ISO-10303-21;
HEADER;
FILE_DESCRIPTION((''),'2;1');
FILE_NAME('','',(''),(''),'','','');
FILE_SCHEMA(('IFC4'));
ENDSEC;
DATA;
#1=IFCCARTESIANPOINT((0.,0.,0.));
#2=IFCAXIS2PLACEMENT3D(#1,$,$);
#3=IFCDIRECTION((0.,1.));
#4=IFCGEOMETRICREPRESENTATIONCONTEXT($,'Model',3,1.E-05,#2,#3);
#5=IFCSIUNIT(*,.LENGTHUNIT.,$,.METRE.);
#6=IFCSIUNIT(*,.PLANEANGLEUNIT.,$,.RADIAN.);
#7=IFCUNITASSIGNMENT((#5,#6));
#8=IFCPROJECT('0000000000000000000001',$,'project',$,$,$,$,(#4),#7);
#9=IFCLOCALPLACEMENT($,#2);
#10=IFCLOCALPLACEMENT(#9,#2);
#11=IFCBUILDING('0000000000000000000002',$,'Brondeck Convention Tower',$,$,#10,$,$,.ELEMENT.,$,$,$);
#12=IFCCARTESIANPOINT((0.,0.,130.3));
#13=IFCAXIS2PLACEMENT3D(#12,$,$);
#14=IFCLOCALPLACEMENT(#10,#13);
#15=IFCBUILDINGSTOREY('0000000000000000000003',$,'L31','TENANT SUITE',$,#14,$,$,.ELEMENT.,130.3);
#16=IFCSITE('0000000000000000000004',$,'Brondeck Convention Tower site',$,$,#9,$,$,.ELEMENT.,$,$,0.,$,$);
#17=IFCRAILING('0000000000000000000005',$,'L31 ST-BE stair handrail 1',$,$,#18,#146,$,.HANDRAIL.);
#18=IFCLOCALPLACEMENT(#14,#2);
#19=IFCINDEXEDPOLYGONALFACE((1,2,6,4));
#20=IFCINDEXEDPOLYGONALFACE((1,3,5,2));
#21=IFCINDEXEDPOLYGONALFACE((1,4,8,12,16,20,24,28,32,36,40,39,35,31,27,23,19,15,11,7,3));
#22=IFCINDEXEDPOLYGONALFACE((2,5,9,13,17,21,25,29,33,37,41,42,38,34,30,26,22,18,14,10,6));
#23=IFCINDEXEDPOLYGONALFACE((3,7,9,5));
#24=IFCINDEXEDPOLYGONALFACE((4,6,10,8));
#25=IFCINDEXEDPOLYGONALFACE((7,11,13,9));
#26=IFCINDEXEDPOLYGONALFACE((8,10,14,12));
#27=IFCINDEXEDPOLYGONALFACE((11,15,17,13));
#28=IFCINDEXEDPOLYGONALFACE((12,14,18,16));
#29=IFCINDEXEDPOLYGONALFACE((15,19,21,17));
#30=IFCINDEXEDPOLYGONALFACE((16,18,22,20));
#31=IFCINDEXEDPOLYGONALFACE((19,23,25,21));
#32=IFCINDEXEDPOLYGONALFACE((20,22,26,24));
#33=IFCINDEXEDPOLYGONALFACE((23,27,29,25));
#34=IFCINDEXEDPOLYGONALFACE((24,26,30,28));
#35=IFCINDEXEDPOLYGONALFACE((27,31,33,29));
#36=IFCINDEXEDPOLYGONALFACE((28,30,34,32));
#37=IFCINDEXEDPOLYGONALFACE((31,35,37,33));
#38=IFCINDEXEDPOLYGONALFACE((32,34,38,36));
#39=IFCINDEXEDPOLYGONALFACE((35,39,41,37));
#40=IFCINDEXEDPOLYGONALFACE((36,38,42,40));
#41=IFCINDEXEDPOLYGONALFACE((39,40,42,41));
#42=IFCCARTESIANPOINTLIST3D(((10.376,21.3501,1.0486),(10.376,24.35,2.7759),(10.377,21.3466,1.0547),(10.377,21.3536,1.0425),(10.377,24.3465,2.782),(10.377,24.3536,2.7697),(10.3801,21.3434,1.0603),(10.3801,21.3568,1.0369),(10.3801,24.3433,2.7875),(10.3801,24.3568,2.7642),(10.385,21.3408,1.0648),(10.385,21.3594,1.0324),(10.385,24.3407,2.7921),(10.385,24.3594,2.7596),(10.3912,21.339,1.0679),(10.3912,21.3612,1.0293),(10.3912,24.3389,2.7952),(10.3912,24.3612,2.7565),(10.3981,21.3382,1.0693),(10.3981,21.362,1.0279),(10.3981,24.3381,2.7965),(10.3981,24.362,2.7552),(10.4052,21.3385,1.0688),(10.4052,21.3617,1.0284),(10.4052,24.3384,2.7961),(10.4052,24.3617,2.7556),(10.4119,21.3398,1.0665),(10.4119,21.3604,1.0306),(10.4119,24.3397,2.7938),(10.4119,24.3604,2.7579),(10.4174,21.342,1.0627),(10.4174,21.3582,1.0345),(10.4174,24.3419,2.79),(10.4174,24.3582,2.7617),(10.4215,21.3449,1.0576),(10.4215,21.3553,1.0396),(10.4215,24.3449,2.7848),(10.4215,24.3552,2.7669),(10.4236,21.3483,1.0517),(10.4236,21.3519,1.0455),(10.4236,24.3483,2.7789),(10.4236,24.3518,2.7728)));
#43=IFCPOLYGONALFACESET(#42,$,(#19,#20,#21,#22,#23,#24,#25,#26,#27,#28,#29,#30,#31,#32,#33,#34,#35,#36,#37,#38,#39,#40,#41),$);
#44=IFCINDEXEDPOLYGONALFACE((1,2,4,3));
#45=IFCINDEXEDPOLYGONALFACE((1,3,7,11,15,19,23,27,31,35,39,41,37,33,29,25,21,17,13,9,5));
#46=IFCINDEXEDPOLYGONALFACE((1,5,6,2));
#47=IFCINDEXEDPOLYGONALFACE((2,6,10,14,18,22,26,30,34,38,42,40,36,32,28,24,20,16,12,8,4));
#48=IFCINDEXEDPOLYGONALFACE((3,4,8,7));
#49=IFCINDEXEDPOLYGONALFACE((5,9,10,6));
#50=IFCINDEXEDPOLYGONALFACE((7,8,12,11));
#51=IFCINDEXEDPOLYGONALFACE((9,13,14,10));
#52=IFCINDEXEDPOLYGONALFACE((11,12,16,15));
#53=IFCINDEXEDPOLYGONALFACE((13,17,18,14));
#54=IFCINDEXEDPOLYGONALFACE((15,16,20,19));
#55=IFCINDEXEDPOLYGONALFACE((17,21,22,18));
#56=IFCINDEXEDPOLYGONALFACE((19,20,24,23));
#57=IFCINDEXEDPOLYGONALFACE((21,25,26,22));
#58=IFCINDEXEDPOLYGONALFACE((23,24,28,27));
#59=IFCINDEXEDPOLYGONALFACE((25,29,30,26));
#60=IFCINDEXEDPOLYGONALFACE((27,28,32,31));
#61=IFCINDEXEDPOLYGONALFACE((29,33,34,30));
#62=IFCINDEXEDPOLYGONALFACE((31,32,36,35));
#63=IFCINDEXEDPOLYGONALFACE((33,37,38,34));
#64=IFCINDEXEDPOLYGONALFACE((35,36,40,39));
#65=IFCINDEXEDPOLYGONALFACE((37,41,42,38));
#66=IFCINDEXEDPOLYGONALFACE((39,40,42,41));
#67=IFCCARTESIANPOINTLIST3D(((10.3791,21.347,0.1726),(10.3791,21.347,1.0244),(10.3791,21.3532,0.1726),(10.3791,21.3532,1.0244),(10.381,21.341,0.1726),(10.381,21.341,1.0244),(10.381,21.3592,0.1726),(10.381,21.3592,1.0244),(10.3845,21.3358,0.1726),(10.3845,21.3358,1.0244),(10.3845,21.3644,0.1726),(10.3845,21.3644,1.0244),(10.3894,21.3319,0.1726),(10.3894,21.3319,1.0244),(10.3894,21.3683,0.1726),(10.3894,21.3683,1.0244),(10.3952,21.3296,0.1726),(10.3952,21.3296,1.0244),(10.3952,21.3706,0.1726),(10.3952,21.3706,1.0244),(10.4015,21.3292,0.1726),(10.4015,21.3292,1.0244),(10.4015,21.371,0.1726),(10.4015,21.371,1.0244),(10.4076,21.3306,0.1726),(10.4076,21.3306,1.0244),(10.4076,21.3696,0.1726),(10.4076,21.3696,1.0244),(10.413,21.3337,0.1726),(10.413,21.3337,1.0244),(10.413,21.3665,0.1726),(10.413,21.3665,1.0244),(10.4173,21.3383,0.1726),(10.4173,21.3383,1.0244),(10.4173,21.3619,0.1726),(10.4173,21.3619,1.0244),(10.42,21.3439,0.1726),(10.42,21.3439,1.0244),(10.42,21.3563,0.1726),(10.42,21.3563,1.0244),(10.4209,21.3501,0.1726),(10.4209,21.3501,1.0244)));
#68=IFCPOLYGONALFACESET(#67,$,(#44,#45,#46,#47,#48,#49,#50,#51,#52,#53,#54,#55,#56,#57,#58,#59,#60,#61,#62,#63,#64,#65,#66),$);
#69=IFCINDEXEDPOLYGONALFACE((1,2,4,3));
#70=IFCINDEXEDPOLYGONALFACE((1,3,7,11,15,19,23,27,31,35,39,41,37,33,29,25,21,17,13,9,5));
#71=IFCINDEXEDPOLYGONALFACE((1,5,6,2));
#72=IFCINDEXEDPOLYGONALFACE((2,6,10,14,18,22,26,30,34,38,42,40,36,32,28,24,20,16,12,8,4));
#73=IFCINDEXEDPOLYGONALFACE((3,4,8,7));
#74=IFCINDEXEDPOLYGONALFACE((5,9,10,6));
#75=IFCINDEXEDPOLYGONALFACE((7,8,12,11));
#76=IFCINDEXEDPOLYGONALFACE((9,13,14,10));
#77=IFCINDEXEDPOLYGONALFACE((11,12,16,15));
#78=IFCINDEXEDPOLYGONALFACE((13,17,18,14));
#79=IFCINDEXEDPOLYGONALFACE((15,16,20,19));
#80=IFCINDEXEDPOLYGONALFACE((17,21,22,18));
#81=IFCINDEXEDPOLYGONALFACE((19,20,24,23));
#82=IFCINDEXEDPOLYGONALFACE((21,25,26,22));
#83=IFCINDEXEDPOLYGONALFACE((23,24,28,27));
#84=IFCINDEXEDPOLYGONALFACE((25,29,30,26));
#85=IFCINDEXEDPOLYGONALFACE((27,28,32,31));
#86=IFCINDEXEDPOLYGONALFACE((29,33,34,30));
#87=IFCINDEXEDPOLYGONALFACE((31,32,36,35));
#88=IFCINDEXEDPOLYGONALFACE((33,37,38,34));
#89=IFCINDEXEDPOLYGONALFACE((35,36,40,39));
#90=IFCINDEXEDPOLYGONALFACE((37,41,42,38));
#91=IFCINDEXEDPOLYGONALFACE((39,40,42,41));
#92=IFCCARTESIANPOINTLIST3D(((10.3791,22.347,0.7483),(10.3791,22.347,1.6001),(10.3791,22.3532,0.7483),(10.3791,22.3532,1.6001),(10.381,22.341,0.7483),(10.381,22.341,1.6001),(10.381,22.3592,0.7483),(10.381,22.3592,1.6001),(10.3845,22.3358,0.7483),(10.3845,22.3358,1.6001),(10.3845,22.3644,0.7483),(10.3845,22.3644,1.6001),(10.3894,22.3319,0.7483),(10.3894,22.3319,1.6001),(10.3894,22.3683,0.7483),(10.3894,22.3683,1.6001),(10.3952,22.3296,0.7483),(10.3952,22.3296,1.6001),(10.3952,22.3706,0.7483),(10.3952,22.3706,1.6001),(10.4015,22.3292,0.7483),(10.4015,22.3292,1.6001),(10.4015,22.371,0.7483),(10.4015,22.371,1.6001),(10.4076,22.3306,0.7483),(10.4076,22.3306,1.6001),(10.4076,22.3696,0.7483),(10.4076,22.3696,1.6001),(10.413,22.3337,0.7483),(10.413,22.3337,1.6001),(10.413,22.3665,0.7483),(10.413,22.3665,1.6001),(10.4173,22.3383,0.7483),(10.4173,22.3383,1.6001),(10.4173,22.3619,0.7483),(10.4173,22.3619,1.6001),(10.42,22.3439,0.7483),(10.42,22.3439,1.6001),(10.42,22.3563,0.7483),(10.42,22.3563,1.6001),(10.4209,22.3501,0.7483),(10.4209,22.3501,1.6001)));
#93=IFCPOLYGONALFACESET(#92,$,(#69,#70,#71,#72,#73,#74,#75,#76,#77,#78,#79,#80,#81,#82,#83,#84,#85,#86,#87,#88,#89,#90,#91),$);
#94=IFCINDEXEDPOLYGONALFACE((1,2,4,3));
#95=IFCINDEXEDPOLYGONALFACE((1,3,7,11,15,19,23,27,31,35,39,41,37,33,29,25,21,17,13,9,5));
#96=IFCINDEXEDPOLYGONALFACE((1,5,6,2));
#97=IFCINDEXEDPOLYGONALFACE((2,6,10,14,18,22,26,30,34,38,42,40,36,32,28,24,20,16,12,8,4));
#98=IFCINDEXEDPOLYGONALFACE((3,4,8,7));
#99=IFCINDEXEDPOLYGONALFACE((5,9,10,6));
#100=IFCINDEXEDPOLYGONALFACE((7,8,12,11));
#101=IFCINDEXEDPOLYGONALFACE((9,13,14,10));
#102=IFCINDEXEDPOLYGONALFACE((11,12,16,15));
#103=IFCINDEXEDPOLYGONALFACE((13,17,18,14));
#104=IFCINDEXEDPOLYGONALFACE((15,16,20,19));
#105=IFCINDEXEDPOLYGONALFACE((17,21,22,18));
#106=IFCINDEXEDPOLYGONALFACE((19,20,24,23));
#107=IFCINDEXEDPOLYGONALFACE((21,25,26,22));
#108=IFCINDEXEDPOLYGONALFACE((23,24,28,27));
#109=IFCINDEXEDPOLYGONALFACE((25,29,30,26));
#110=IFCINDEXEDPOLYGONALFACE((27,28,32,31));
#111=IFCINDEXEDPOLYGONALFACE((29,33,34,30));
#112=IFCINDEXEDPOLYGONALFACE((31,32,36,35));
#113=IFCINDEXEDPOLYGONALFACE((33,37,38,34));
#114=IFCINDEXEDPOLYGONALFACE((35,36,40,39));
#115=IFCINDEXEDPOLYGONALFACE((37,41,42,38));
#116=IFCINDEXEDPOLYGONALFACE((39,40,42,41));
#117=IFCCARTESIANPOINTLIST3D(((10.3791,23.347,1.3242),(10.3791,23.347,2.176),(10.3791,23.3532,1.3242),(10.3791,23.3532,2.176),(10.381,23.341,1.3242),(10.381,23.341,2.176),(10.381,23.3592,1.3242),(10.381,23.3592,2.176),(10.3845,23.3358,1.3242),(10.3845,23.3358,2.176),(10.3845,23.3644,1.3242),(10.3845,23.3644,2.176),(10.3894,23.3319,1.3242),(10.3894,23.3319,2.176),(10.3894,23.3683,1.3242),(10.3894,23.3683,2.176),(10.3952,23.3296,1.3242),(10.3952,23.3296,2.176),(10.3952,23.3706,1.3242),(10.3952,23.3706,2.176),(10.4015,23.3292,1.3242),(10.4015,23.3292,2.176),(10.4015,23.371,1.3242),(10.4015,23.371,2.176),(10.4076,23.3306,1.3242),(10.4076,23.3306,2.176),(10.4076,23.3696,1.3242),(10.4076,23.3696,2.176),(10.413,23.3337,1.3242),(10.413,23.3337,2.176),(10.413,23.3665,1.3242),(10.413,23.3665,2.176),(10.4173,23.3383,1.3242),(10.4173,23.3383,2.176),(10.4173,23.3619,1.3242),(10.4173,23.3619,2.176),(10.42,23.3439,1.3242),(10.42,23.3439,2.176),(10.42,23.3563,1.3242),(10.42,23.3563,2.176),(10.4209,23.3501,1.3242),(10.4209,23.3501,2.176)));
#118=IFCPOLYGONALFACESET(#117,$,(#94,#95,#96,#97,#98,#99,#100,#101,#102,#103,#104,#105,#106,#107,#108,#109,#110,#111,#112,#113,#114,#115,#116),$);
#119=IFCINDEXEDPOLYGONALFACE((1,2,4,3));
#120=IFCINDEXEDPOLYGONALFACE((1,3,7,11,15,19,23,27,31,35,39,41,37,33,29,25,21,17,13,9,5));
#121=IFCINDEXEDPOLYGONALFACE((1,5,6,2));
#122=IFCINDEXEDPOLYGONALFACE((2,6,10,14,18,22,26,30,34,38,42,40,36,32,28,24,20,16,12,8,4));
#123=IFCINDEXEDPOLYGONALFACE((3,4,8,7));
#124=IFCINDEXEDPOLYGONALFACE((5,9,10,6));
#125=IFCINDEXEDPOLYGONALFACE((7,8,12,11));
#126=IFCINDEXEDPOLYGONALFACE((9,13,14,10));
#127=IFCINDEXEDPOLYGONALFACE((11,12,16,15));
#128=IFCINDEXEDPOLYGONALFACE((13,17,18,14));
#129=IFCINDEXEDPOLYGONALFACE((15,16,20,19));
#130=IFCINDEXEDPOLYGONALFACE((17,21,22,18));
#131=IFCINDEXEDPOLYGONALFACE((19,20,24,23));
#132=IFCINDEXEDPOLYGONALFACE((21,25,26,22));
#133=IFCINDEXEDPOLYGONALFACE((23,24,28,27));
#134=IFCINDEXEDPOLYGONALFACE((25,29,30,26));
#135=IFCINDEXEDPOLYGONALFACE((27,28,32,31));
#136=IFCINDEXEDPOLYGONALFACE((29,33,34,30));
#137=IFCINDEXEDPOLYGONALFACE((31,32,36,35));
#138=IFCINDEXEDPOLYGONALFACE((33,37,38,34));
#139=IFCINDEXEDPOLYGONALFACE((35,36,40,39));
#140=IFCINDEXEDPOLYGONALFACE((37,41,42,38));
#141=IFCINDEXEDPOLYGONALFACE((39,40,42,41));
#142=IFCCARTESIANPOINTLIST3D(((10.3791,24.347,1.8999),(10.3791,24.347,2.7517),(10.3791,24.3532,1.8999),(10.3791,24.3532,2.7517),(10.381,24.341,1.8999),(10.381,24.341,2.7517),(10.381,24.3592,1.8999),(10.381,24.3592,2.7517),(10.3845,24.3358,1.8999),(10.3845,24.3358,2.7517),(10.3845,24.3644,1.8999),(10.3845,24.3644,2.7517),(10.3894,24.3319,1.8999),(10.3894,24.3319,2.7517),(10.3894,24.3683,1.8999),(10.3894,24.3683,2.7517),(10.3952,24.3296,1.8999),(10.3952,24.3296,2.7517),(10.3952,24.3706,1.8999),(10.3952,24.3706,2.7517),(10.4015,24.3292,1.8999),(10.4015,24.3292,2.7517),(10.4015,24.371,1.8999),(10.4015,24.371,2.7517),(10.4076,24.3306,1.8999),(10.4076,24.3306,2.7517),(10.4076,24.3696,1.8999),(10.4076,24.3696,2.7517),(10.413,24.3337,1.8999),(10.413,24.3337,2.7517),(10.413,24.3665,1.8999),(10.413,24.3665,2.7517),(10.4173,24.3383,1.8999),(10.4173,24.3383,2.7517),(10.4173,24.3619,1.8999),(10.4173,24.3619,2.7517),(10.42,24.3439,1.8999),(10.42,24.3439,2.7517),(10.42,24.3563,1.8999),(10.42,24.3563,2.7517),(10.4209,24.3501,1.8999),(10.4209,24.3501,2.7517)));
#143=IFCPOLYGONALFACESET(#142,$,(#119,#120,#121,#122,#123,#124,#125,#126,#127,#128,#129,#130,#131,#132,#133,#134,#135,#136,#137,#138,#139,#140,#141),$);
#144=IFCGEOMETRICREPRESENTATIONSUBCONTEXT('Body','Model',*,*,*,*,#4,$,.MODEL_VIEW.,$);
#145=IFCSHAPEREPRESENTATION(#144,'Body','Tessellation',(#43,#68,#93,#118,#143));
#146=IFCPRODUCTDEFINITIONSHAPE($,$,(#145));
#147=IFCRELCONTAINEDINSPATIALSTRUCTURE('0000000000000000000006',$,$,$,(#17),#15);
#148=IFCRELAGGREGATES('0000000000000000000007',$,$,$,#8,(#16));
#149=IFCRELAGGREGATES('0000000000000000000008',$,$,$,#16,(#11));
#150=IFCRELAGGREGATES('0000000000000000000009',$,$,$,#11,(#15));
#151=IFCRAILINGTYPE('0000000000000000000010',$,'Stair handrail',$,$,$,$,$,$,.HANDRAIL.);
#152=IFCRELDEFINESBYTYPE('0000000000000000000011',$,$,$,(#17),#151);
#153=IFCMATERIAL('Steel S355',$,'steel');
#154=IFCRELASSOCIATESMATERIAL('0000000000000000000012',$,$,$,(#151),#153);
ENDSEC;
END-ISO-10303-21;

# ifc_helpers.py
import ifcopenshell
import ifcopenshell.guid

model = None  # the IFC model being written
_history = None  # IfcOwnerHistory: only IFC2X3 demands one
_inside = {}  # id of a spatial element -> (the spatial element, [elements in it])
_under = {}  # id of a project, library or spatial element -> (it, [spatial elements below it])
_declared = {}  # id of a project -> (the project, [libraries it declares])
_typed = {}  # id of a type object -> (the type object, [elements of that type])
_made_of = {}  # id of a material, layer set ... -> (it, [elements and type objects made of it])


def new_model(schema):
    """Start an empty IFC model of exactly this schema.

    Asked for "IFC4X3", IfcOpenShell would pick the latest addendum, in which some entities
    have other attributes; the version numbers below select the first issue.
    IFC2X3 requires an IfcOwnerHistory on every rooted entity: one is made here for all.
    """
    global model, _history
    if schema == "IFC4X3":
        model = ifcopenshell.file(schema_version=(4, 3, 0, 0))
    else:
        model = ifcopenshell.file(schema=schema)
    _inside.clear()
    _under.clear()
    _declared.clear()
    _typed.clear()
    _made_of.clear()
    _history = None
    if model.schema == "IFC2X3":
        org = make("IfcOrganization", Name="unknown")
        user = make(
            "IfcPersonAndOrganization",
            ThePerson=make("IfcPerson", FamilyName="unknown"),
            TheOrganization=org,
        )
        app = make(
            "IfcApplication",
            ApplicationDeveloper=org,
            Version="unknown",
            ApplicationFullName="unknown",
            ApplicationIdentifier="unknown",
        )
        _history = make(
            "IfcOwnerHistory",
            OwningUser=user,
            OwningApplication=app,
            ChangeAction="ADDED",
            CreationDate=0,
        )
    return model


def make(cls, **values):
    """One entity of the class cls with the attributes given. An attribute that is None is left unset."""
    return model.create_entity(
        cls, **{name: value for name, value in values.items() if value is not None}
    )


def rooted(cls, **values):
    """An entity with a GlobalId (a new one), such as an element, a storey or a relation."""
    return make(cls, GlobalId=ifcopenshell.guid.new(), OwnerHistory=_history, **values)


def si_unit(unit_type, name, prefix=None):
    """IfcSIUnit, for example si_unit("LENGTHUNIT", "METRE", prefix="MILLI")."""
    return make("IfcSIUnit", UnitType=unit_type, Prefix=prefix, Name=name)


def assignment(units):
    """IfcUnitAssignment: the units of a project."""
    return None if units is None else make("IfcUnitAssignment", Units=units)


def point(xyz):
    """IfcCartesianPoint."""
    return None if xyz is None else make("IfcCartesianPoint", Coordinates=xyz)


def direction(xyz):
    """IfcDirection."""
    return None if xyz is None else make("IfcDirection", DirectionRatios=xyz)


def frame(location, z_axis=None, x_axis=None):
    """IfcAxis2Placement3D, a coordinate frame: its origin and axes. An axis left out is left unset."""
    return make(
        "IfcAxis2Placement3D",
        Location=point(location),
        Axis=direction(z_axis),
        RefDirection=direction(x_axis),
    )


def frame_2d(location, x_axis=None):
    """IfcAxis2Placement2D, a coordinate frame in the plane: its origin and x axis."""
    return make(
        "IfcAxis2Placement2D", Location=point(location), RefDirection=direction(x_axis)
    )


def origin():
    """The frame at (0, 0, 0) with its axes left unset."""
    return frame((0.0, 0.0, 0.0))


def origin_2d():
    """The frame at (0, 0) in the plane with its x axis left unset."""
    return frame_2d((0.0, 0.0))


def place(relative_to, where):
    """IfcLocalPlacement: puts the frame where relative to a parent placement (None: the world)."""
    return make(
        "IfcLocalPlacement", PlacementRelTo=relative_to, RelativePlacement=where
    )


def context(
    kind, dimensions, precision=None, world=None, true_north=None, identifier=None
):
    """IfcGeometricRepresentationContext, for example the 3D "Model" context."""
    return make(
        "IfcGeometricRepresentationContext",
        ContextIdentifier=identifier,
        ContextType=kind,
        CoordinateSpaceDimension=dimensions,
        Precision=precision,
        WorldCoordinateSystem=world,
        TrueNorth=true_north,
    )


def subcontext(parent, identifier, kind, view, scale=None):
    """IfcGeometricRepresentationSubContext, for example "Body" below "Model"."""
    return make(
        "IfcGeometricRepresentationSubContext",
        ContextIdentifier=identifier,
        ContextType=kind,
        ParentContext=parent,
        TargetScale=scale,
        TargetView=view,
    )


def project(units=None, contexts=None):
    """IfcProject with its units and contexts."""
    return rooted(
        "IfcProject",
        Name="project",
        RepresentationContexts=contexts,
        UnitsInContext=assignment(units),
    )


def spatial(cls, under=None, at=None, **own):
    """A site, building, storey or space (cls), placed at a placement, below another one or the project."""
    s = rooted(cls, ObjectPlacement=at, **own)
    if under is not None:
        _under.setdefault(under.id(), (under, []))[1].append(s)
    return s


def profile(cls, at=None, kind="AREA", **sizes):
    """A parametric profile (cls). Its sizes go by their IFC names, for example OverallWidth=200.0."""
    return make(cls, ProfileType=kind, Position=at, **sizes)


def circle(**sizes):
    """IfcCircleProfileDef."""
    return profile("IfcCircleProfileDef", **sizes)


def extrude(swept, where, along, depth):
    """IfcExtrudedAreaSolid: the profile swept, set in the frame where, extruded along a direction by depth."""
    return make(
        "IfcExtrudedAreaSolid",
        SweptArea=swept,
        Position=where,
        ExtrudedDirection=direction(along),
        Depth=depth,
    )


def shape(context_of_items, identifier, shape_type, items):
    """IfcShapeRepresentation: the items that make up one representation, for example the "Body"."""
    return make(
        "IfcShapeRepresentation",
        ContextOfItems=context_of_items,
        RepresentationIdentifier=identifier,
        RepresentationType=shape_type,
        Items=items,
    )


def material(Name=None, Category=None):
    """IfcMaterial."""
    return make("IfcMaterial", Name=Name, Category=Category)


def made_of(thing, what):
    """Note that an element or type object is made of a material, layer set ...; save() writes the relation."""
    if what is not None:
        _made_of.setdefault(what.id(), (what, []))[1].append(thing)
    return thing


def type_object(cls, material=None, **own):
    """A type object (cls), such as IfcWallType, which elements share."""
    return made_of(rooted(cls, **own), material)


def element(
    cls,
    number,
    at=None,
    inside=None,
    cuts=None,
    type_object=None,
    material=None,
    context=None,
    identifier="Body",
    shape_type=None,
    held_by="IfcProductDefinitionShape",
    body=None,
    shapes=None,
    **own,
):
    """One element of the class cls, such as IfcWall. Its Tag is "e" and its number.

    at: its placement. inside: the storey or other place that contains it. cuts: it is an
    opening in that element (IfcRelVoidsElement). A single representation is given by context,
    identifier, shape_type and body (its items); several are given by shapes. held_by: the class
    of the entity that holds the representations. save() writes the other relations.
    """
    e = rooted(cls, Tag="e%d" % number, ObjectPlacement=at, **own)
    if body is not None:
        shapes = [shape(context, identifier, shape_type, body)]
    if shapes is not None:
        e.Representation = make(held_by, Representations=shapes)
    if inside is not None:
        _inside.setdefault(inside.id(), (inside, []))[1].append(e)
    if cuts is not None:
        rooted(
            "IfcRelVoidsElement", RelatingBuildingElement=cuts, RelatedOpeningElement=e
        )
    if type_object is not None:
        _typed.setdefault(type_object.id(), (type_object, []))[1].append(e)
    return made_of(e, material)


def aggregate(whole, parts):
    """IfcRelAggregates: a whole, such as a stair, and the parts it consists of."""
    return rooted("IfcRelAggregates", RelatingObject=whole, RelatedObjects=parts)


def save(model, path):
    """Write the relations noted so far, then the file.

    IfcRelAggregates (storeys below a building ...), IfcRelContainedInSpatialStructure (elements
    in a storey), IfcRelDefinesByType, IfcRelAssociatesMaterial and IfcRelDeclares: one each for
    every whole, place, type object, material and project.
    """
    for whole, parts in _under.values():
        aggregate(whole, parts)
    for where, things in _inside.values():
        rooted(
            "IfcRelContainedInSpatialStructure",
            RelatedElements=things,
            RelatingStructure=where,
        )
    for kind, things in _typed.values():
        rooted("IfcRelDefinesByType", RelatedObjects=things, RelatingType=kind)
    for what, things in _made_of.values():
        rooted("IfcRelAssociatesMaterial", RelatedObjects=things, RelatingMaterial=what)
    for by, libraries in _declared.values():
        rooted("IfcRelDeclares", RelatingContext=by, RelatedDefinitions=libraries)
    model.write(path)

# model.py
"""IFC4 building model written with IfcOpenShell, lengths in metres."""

from ifc_helpers import new_model, si_unit, direction, frame, origin, origin_2d, place, context, subcontext, project, spatial, circle, extrude, material, type_object, element, save


model = new_model("IFC4")

# Units and contexts
model_context = context("Model", 3, precision=1e-05, world=origin(), true_north=direction((0.0, 1.0)))
body_context = subcontext(model_context, "Body", "Model", "MODEL_VIEW")
ifc_project = project(units=[si_unit("LENGTHUNIT", "METRE"), si_unit("PLANEANGLEUNIT", "RADIAN")], contexts=[model_context])

# Site, building, storey
site_placement = place(None, origin())
site = spatial("IfcSite", under=ifc_project, at=site_placement, Name="Brondeck Convention Tower site", CompositionType="ELEMENT", RefElevation=0.0)
building_placement = place(site_placement, origin())
building = spatial("IfcBuilding", under=site, at=building_placement, Name="Brondeck Convention Tower", CompositionType="ELEMENT")
storey_placement = place(building_placement, frame((0.0, 0.0, 130.3)))
storey = spatial("IfcBuildingStorey", under=building, at=storey_placement, Name="L31", Description="TENANT SUITE", CompositionType="ELEMENT", Elevation=130.3)

# Shared definitions
ifc_material_1 = material(Name="Steel S355", Category="steel")

# Railing
railing_type_1 = type_object("IfcRailingType", Name="Stair handrail", PredefinedType="HANDRAIL", material=ifc_material_1)
railing_1_placement = place(storey_placement, frame((10.3999, 21.3501, 0.1726)))
element("IfcRailing", 1, at=railing_1_placement, inside=storey, type_object=railing_type_1, Name="L31 ST-BE stair handrail 1", PredefinedType="HANDRAIL", context=body_context, shape_type="SweptSolid", body=[
    extrude(circle(Radius=0.0239, at=origin_2d()), frame((0.0, 0.0, 0.876), z_axis=(0.0, 0.86662, 0.498969), x_axis=(-1.0, 0.0, 0.0)), (0.0, 0.0, 1.0), 3.4617),
    extrude(circle(Radius=0.021, at=origin_2d()), origin(), (0.0, 0.0, 1.0), 0.8518),
    extrude(circle(Radius=0.021, at=origin_2d()), frame((0.0, 1.0, 0.5757)), (0.0, 0.0, 1.0), 0.8518),
    extrude(circle(Radius=0.021, at=origin_2d()), frame((0.0, 2.0, 1.1516)), (0.0, 0.0, 1.0), 0.8518),
    extrude(circle(Radius=0.021, at=origin_2d()), frame((0.0, 3.0, 1.7273)), (0.0, 0.0, 1.0), 0.8518),
])

save(model, "model.ifc")
